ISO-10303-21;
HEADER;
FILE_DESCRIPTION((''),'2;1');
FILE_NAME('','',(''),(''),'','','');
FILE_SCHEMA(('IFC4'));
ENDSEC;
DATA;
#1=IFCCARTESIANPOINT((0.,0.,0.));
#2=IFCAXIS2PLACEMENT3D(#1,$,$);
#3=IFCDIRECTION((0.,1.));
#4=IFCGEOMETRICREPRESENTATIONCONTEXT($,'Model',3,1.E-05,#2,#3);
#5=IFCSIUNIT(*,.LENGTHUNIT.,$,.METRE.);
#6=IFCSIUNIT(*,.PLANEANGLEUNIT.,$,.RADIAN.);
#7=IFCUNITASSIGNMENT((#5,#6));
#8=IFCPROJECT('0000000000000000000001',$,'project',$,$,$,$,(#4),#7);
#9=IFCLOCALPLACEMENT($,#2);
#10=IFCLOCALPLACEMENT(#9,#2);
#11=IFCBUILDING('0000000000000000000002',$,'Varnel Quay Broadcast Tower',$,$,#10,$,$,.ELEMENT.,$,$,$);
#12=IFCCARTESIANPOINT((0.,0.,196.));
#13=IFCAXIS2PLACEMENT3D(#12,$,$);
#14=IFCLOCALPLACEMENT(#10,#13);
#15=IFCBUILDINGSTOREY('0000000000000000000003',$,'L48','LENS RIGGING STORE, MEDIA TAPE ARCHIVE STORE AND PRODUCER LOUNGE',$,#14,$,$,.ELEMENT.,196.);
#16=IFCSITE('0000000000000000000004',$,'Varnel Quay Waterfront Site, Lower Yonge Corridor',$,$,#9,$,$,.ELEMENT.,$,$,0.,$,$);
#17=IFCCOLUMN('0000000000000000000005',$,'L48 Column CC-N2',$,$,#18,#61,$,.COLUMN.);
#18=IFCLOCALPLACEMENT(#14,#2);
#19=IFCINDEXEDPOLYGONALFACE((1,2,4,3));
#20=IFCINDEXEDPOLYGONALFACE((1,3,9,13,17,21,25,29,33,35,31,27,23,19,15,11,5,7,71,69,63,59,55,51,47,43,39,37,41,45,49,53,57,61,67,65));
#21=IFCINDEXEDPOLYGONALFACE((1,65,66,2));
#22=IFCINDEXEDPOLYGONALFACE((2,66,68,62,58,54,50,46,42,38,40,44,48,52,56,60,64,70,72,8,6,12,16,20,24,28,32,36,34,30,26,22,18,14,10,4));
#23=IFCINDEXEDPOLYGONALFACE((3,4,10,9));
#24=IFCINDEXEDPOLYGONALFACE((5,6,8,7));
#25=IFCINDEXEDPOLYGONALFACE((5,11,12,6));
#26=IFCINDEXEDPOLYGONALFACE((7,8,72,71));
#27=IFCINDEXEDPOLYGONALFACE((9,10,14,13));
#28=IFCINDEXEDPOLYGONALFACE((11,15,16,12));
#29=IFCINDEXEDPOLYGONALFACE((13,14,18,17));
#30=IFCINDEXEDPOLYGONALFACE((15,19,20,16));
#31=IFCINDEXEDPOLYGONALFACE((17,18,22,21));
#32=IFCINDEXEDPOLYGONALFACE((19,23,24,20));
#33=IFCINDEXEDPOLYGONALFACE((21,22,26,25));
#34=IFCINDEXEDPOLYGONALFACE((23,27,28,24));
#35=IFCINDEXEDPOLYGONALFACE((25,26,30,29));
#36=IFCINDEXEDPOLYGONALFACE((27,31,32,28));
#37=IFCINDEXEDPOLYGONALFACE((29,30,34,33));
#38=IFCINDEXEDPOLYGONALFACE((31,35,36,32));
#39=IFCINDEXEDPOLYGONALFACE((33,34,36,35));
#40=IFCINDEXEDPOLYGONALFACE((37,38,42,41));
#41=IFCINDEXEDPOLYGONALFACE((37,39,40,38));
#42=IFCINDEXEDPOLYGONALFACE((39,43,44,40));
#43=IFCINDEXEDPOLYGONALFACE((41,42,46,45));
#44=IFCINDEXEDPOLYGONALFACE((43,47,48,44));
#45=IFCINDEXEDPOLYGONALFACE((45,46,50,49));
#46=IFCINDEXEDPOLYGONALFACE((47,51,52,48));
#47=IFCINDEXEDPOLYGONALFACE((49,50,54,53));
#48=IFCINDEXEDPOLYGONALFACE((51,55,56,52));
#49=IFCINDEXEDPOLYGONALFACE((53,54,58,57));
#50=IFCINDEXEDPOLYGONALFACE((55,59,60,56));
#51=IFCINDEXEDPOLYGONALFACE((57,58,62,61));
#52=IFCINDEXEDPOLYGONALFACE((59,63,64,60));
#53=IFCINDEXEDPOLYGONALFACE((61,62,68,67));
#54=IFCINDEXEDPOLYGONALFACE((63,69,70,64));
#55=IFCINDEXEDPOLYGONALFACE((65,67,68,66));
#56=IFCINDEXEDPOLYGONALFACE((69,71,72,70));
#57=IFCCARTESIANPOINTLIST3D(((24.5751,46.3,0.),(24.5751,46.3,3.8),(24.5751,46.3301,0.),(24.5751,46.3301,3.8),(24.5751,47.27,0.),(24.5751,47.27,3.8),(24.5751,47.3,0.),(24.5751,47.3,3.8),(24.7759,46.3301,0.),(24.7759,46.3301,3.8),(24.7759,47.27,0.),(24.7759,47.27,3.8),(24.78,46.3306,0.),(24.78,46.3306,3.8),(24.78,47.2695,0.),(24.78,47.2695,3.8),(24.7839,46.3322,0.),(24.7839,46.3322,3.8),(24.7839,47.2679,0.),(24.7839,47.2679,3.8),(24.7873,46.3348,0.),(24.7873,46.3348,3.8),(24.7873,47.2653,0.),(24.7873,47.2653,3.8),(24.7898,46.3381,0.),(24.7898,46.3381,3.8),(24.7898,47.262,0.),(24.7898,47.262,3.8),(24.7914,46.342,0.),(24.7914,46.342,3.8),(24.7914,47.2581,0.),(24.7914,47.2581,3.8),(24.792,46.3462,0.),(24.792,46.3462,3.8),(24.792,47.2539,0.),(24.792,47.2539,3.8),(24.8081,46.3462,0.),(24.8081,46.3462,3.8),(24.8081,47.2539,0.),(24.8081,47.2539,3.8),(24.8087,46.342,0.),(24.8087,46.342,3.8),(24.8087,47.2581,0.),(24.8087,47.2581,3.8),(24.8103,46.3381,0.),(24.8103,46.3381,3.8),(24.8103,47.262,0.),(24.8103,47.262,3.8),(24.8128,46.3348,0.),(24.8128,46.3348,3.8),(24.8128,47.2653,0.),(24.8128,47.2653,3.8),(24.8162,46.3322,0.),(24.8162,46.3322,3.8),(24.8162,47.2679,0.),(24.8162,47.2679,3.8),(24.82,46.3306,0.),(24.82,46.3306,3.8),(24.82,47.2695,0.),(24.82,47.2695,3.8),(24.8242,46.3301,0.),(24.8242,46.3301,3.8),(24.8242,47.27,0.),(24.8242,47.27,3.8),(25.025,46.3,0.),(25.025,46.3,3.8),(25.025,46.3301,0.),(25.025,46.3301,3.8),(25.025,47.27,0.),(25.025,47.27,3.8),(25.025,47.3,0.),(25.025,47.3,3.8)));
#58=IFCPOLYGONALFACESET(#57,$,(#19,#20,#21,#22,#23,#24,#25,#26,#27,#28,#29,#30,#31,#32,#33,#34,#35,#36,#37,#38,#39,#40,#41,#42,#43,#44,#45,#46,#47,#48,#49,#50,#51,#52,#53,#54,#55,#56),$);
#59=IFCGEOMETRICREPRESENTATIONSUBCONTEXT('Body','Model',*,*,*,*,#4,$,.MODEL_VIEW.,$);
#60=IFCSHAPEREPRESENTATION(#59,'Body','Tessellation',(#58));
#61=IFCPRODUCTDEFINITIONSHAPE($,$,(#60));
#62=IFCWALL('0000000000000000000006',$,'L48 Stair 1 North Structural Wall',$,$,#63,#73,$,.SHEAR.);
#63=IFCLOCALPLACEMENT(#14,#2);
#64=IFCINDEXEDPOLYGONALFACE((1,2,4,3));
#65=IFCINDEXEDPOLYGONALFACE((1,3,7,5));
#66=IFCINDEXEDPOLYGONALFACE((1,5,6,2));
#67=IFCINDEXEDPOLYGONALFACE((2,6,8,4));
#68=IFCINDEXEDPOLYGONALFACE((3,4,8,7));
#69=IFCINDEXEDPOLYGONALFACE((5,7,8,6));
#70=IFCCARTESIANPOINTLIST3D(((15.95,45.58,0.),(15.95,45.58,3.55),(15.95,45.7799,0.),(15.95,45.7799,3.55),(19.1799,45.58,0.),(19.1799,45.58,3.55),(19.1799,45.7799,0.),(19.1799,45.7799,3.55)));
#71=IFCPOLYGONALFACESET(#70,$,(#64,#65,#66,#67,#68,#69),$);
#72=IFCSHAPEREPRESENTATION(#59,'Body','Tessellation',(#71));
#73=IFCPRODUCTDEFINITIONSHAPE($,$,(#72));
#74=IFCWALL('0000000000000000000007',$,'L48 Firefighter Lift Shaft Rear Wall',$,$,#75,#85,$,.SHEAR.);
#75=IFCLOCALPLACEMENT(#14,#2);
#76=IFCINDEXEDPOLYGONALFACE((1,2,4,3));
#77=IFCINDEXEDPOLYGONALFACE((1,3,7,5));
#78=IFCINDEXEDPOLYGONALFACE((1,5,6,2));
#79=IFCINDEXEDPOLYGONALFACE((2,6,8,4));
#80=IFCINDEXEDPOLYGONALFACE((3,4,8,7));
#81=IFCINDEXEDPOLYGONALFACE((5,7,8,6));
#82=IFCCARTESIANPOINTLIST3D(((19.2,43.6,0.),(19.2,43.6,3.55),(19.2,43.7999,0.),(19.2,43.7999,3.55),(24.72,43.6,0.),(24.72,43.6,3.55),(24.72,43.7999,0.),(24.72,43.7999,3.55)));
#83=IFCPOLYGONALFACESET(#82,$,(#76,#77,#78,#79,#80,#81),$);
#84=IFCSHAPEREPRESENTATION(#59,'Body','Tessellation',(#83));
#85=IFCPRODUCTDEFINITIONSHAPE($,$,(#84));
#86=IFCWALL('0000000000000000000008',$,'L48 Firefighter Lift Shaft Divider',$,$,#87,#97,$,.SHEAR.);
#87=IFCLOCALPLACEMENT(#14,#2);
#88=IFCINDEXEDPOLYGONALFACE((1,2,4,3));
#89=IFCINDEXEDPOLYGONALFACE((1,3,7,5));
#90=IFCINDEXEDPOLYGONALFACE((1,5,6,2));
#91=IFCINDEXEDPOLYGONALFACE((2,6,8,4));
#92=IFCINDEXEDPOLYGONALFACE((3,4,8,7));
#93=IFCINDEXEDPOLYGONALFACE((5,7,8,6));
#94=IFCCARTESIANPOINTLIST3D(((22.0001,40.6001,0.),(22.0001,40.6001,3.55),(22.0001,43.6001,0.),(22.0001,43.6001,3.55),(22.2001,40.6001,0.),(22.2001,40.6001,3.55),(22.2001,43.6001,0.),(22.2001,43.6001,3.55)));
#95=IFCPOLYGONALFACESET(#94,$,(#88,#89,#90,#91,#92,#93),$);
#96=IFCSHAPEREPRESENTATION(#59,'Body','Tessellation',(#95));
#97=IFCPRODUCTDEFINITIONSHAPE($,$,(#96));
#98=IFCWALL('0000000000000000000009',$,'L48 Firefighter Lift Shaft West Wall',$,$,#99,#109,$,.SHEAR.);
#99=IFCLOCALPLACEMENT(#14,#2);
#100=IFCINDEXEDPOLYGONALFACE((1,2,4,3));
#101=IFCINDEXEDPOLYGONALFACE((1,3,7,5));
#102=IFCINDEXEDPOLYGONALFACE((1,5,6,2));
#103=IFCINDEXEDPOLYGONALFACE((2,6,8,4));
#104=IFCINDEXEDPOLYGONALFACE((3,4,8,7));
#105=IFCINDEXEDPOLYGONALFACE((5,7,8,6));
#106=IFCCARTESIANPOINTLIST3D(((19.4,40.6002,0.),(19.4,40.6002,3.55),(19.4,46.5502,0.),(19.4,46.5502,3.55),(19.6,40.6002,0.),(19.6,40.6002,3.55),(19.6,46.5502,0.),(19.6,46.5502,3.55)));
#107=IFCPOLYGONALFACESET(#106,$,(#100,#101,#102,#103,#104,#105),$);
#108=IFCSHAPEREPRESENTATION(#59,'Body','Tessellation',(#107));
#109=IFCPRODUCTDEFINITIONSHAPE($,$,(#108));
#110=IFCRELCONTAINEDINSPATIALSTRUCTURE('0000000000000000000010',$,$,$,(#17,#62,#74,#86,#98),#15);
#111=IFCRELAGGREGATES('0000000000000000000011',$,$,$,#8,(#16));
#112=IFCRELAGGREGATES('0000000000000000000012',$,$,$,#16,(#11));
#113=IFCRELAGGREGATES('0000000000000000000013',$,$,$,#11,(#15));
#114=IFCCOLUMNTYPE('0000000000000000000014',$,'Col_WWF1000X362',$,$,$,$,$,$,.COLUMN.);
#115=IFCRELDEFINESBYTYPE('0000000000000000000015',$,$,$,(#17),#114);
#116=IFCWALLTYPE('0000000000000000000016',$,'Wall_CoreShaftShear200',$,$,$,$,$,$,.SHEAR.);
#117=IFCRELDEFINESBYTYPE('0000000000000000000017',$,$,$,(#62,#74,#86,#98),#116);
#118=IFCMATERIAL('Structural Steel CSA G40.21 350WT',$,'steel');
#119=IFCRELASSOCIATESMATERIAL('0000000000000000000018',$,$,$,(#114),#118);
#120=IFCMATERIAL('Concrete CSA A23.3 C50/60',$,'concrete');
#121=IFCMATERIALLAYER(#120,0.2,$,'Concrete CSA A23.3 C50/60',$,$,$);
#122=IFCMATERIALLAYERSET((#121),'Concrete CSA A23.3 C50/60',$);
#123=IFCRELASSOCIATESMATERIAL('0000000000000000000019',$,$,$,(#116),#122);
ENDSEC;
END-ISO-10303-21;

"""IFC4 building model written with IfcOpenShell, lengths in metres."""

from ifc_helpers import new_model, si_unit, direction, frame, frame_2d, origin, origin_2d, place, context, subcontext, project, spatial, rectangle, i_section, extrude, source, transform, mapped, material, layer, layer_set, material_profile, profile_set, type_object, type_shapes, element, save


model = new_model("IFC4")

# Units and contexts
model_context = context("Model", 3, precision=1e-05, world=origin(), true_north=direction((0.0, 1.0)))
body_context = subcontext(model_context, "Body", "Model", "MODEL_VIEW")
ifc_project = project(units=[si_unit("LENGTHUNIT", "METRE"), si_unit("PLANEANGLEUNIT", "RADIAN")], contexts=[model_context])

# Site, building, storey
site_placement = place(None, origin())
site = spatial("IfcSite", under=ifc_project, at=site_placement, Name="Varnel Quay Waterfront Site, Lower Yonge Corridor", CompositionType="ELEMENT", RefElevation=0.0)
building_placement = place(site_placement, origin())
building = spatial("IfcBuilding", under=site, at=building_placement, Name="Varnel Quay Broadcast Tower", CompositionType="ELEMENT")
storey_placement = place(building_placement, frame((0.0, 0.0, 196.0)))
storey = spatial("IfcBuildingStorey", under=building, at=storey_placement, Name="L48", Description="LENS RIGGING STORE, MEDIA TAPE ARCHIVE STORE AND PRODUCER LOUNGE", CompositionType="ELEMENT", Elevation=196.0)

# Column
ifc_material_1 = material(Name="Structural Steel CSA G40.21 350WT", Category="steel")
ifc_material_profile = material_profile(ifc_material_1, i_section(OverallWidth=0.45, OverallDepth=1.0, WebThickness=0.0161, FlangeThickness=0.03, FilletRadius=0.0161, at=origin_2d()), Name="WWF1000X362")
ifc_profile_set = profile_set([ifc_material_profile], Name="Structural Steel CSA G40.21 350WT")
column_type = type_object("IfcColumnType", Name="Col_WWF1000X362", PredefinedType="COLUMN", material=ifc_profile_set)
shared_shape_1 = source(origin(), body_context, "Body", "SweptSolid", [
    extrude(i_section(OverallWidth=0.45, OverallDepth=1.0, WebThickness=0.0161, FlangeThickness=0.03, FilletRadius=0.0161, at=origin_2d()), origin(), (0.0, 0.0, 1.0), 3.8),
])
type_shapes(column_type, [shared_shape_1])
column_placement = place(storey_placement, frame((24.8, 46.8, 0.0), z_axis=(0.0, 0.0, 1.0), x_axis=(1.0, 0.0, 0.0)))
element("IfcColumn", 1, at=column_placement, inside=storey, type_object=column_type, Name="L48 Column CC-N2", PredefinedType="COLUMN", context=body_context, shape_type="MappedRepresentation", body=[
    mapped(shared_shape_1, transform((0.0, 0.0, 0.0), x_axis=(1.0, 0.0, 0.0), y_axis=(0.0, 1.0, 0.0), z_axis=(0.0, 0.0, 1.0), scale=1.0)),
])

# Walls
ifc_material_2 = material(Name="Concrete CSA A23.3 C50/60", Category="concrete")
ifc_layer_1 = layer(ifc_material_2, 0.2, Name="Concrete CSA A23.3 C50/60")
ifc_layer_set_1 = layer_set([ifc_layer_1], Name="Concrete CSA A23.3 C50/60")
wall_type_1 = type_object("IfcWallType", Name="Wall_CoreShaftShear200", PredefinedType="SHEAR", material=ifc_layer_set_1)
wall_1_placement = place(storey_placement, frame((15.95, 45.6799, 0.0), z_axis=(0.0, 0.0, 1.0), x_axis=(1.0, 0.0, 0.0)))
element("IfcWall", 2, at=wall_1_placement, inside=storey, type_object=wall_type_1, Name="L48 Stair 1 North Structural Wall", PredefinedType="SHEAR", context=body_context, shape_type="SweptSolid", body=[
    extrude(rectangle(XDim=3.23, YDim=0.2, at=frame_2d((1.615, 0.0))), origin(), (0.0, 0.0, 1.0), 3.55),
])
wall_2_placement = place(storey_placement, frame((19.2, 43.7, 0.0), z_axis=(0.0, 0.0, 1.0), x_axis=(1.0, 0.0, 0.0)))
element("IfcWall", 3, at=wall_2_placement, inside=storey, type_object=wall_type_1, Name="L48 Firefighter Lift Shaft Rear Wall", PredefinedType="SHEAR", context=body_context, shape_type="SweptSolid", body=[
    extrude(rectangle(XDim=5.52, YDim=0.2, at=frame_2d((2.76, 0.0))), origin(), (0.0, 0.0, 1.0), 3.55),
])
wall_3_placement = place(storey_placement, frame((22.1001, 40.6001, 0.0), z_axis=(0.0, 0.0, 1.0), x_axis=(0.0, 1.0, 0.0)))
element("IfcWall", 4, at=wall_3_placement, inside=storey, type_object=wall_type_1, Name="L48 Firefighter Lift Shaft Divider", PredefinedType="SHEAR", context=body_context, shape_type="SweptSolid", body=[
    extrude(rectangle(XDim=3.0, YDim=0.2, at=frame_2d((1.5, 0.0))), origin(), (0.0, 0.0, 1.0), 3.55),
])
wall_4_placement = place(storey_placement, frame((19.5, 40.6001, 0.0), z_axis=(0.0, 0.0, 1.0), x_axis=(0.0, 1.0, 0.0)))
element("IfcWall", 5, at=wall_4_placement, inside=storey, type_object=wall_type_1, Name="L48 Firefighter Lift Shaft West Wall", PredefinedType="SHEAR", context=body_context, shape_type="SweptSolid", body=[
    extrude(rectangle(XDim=5.95, YDim=0.2, at=frame_2d((2.9751, 0.0))), origin(), (0.0, 0.0, 1.0), 3.55),
])

save(model, "model.ifc")
